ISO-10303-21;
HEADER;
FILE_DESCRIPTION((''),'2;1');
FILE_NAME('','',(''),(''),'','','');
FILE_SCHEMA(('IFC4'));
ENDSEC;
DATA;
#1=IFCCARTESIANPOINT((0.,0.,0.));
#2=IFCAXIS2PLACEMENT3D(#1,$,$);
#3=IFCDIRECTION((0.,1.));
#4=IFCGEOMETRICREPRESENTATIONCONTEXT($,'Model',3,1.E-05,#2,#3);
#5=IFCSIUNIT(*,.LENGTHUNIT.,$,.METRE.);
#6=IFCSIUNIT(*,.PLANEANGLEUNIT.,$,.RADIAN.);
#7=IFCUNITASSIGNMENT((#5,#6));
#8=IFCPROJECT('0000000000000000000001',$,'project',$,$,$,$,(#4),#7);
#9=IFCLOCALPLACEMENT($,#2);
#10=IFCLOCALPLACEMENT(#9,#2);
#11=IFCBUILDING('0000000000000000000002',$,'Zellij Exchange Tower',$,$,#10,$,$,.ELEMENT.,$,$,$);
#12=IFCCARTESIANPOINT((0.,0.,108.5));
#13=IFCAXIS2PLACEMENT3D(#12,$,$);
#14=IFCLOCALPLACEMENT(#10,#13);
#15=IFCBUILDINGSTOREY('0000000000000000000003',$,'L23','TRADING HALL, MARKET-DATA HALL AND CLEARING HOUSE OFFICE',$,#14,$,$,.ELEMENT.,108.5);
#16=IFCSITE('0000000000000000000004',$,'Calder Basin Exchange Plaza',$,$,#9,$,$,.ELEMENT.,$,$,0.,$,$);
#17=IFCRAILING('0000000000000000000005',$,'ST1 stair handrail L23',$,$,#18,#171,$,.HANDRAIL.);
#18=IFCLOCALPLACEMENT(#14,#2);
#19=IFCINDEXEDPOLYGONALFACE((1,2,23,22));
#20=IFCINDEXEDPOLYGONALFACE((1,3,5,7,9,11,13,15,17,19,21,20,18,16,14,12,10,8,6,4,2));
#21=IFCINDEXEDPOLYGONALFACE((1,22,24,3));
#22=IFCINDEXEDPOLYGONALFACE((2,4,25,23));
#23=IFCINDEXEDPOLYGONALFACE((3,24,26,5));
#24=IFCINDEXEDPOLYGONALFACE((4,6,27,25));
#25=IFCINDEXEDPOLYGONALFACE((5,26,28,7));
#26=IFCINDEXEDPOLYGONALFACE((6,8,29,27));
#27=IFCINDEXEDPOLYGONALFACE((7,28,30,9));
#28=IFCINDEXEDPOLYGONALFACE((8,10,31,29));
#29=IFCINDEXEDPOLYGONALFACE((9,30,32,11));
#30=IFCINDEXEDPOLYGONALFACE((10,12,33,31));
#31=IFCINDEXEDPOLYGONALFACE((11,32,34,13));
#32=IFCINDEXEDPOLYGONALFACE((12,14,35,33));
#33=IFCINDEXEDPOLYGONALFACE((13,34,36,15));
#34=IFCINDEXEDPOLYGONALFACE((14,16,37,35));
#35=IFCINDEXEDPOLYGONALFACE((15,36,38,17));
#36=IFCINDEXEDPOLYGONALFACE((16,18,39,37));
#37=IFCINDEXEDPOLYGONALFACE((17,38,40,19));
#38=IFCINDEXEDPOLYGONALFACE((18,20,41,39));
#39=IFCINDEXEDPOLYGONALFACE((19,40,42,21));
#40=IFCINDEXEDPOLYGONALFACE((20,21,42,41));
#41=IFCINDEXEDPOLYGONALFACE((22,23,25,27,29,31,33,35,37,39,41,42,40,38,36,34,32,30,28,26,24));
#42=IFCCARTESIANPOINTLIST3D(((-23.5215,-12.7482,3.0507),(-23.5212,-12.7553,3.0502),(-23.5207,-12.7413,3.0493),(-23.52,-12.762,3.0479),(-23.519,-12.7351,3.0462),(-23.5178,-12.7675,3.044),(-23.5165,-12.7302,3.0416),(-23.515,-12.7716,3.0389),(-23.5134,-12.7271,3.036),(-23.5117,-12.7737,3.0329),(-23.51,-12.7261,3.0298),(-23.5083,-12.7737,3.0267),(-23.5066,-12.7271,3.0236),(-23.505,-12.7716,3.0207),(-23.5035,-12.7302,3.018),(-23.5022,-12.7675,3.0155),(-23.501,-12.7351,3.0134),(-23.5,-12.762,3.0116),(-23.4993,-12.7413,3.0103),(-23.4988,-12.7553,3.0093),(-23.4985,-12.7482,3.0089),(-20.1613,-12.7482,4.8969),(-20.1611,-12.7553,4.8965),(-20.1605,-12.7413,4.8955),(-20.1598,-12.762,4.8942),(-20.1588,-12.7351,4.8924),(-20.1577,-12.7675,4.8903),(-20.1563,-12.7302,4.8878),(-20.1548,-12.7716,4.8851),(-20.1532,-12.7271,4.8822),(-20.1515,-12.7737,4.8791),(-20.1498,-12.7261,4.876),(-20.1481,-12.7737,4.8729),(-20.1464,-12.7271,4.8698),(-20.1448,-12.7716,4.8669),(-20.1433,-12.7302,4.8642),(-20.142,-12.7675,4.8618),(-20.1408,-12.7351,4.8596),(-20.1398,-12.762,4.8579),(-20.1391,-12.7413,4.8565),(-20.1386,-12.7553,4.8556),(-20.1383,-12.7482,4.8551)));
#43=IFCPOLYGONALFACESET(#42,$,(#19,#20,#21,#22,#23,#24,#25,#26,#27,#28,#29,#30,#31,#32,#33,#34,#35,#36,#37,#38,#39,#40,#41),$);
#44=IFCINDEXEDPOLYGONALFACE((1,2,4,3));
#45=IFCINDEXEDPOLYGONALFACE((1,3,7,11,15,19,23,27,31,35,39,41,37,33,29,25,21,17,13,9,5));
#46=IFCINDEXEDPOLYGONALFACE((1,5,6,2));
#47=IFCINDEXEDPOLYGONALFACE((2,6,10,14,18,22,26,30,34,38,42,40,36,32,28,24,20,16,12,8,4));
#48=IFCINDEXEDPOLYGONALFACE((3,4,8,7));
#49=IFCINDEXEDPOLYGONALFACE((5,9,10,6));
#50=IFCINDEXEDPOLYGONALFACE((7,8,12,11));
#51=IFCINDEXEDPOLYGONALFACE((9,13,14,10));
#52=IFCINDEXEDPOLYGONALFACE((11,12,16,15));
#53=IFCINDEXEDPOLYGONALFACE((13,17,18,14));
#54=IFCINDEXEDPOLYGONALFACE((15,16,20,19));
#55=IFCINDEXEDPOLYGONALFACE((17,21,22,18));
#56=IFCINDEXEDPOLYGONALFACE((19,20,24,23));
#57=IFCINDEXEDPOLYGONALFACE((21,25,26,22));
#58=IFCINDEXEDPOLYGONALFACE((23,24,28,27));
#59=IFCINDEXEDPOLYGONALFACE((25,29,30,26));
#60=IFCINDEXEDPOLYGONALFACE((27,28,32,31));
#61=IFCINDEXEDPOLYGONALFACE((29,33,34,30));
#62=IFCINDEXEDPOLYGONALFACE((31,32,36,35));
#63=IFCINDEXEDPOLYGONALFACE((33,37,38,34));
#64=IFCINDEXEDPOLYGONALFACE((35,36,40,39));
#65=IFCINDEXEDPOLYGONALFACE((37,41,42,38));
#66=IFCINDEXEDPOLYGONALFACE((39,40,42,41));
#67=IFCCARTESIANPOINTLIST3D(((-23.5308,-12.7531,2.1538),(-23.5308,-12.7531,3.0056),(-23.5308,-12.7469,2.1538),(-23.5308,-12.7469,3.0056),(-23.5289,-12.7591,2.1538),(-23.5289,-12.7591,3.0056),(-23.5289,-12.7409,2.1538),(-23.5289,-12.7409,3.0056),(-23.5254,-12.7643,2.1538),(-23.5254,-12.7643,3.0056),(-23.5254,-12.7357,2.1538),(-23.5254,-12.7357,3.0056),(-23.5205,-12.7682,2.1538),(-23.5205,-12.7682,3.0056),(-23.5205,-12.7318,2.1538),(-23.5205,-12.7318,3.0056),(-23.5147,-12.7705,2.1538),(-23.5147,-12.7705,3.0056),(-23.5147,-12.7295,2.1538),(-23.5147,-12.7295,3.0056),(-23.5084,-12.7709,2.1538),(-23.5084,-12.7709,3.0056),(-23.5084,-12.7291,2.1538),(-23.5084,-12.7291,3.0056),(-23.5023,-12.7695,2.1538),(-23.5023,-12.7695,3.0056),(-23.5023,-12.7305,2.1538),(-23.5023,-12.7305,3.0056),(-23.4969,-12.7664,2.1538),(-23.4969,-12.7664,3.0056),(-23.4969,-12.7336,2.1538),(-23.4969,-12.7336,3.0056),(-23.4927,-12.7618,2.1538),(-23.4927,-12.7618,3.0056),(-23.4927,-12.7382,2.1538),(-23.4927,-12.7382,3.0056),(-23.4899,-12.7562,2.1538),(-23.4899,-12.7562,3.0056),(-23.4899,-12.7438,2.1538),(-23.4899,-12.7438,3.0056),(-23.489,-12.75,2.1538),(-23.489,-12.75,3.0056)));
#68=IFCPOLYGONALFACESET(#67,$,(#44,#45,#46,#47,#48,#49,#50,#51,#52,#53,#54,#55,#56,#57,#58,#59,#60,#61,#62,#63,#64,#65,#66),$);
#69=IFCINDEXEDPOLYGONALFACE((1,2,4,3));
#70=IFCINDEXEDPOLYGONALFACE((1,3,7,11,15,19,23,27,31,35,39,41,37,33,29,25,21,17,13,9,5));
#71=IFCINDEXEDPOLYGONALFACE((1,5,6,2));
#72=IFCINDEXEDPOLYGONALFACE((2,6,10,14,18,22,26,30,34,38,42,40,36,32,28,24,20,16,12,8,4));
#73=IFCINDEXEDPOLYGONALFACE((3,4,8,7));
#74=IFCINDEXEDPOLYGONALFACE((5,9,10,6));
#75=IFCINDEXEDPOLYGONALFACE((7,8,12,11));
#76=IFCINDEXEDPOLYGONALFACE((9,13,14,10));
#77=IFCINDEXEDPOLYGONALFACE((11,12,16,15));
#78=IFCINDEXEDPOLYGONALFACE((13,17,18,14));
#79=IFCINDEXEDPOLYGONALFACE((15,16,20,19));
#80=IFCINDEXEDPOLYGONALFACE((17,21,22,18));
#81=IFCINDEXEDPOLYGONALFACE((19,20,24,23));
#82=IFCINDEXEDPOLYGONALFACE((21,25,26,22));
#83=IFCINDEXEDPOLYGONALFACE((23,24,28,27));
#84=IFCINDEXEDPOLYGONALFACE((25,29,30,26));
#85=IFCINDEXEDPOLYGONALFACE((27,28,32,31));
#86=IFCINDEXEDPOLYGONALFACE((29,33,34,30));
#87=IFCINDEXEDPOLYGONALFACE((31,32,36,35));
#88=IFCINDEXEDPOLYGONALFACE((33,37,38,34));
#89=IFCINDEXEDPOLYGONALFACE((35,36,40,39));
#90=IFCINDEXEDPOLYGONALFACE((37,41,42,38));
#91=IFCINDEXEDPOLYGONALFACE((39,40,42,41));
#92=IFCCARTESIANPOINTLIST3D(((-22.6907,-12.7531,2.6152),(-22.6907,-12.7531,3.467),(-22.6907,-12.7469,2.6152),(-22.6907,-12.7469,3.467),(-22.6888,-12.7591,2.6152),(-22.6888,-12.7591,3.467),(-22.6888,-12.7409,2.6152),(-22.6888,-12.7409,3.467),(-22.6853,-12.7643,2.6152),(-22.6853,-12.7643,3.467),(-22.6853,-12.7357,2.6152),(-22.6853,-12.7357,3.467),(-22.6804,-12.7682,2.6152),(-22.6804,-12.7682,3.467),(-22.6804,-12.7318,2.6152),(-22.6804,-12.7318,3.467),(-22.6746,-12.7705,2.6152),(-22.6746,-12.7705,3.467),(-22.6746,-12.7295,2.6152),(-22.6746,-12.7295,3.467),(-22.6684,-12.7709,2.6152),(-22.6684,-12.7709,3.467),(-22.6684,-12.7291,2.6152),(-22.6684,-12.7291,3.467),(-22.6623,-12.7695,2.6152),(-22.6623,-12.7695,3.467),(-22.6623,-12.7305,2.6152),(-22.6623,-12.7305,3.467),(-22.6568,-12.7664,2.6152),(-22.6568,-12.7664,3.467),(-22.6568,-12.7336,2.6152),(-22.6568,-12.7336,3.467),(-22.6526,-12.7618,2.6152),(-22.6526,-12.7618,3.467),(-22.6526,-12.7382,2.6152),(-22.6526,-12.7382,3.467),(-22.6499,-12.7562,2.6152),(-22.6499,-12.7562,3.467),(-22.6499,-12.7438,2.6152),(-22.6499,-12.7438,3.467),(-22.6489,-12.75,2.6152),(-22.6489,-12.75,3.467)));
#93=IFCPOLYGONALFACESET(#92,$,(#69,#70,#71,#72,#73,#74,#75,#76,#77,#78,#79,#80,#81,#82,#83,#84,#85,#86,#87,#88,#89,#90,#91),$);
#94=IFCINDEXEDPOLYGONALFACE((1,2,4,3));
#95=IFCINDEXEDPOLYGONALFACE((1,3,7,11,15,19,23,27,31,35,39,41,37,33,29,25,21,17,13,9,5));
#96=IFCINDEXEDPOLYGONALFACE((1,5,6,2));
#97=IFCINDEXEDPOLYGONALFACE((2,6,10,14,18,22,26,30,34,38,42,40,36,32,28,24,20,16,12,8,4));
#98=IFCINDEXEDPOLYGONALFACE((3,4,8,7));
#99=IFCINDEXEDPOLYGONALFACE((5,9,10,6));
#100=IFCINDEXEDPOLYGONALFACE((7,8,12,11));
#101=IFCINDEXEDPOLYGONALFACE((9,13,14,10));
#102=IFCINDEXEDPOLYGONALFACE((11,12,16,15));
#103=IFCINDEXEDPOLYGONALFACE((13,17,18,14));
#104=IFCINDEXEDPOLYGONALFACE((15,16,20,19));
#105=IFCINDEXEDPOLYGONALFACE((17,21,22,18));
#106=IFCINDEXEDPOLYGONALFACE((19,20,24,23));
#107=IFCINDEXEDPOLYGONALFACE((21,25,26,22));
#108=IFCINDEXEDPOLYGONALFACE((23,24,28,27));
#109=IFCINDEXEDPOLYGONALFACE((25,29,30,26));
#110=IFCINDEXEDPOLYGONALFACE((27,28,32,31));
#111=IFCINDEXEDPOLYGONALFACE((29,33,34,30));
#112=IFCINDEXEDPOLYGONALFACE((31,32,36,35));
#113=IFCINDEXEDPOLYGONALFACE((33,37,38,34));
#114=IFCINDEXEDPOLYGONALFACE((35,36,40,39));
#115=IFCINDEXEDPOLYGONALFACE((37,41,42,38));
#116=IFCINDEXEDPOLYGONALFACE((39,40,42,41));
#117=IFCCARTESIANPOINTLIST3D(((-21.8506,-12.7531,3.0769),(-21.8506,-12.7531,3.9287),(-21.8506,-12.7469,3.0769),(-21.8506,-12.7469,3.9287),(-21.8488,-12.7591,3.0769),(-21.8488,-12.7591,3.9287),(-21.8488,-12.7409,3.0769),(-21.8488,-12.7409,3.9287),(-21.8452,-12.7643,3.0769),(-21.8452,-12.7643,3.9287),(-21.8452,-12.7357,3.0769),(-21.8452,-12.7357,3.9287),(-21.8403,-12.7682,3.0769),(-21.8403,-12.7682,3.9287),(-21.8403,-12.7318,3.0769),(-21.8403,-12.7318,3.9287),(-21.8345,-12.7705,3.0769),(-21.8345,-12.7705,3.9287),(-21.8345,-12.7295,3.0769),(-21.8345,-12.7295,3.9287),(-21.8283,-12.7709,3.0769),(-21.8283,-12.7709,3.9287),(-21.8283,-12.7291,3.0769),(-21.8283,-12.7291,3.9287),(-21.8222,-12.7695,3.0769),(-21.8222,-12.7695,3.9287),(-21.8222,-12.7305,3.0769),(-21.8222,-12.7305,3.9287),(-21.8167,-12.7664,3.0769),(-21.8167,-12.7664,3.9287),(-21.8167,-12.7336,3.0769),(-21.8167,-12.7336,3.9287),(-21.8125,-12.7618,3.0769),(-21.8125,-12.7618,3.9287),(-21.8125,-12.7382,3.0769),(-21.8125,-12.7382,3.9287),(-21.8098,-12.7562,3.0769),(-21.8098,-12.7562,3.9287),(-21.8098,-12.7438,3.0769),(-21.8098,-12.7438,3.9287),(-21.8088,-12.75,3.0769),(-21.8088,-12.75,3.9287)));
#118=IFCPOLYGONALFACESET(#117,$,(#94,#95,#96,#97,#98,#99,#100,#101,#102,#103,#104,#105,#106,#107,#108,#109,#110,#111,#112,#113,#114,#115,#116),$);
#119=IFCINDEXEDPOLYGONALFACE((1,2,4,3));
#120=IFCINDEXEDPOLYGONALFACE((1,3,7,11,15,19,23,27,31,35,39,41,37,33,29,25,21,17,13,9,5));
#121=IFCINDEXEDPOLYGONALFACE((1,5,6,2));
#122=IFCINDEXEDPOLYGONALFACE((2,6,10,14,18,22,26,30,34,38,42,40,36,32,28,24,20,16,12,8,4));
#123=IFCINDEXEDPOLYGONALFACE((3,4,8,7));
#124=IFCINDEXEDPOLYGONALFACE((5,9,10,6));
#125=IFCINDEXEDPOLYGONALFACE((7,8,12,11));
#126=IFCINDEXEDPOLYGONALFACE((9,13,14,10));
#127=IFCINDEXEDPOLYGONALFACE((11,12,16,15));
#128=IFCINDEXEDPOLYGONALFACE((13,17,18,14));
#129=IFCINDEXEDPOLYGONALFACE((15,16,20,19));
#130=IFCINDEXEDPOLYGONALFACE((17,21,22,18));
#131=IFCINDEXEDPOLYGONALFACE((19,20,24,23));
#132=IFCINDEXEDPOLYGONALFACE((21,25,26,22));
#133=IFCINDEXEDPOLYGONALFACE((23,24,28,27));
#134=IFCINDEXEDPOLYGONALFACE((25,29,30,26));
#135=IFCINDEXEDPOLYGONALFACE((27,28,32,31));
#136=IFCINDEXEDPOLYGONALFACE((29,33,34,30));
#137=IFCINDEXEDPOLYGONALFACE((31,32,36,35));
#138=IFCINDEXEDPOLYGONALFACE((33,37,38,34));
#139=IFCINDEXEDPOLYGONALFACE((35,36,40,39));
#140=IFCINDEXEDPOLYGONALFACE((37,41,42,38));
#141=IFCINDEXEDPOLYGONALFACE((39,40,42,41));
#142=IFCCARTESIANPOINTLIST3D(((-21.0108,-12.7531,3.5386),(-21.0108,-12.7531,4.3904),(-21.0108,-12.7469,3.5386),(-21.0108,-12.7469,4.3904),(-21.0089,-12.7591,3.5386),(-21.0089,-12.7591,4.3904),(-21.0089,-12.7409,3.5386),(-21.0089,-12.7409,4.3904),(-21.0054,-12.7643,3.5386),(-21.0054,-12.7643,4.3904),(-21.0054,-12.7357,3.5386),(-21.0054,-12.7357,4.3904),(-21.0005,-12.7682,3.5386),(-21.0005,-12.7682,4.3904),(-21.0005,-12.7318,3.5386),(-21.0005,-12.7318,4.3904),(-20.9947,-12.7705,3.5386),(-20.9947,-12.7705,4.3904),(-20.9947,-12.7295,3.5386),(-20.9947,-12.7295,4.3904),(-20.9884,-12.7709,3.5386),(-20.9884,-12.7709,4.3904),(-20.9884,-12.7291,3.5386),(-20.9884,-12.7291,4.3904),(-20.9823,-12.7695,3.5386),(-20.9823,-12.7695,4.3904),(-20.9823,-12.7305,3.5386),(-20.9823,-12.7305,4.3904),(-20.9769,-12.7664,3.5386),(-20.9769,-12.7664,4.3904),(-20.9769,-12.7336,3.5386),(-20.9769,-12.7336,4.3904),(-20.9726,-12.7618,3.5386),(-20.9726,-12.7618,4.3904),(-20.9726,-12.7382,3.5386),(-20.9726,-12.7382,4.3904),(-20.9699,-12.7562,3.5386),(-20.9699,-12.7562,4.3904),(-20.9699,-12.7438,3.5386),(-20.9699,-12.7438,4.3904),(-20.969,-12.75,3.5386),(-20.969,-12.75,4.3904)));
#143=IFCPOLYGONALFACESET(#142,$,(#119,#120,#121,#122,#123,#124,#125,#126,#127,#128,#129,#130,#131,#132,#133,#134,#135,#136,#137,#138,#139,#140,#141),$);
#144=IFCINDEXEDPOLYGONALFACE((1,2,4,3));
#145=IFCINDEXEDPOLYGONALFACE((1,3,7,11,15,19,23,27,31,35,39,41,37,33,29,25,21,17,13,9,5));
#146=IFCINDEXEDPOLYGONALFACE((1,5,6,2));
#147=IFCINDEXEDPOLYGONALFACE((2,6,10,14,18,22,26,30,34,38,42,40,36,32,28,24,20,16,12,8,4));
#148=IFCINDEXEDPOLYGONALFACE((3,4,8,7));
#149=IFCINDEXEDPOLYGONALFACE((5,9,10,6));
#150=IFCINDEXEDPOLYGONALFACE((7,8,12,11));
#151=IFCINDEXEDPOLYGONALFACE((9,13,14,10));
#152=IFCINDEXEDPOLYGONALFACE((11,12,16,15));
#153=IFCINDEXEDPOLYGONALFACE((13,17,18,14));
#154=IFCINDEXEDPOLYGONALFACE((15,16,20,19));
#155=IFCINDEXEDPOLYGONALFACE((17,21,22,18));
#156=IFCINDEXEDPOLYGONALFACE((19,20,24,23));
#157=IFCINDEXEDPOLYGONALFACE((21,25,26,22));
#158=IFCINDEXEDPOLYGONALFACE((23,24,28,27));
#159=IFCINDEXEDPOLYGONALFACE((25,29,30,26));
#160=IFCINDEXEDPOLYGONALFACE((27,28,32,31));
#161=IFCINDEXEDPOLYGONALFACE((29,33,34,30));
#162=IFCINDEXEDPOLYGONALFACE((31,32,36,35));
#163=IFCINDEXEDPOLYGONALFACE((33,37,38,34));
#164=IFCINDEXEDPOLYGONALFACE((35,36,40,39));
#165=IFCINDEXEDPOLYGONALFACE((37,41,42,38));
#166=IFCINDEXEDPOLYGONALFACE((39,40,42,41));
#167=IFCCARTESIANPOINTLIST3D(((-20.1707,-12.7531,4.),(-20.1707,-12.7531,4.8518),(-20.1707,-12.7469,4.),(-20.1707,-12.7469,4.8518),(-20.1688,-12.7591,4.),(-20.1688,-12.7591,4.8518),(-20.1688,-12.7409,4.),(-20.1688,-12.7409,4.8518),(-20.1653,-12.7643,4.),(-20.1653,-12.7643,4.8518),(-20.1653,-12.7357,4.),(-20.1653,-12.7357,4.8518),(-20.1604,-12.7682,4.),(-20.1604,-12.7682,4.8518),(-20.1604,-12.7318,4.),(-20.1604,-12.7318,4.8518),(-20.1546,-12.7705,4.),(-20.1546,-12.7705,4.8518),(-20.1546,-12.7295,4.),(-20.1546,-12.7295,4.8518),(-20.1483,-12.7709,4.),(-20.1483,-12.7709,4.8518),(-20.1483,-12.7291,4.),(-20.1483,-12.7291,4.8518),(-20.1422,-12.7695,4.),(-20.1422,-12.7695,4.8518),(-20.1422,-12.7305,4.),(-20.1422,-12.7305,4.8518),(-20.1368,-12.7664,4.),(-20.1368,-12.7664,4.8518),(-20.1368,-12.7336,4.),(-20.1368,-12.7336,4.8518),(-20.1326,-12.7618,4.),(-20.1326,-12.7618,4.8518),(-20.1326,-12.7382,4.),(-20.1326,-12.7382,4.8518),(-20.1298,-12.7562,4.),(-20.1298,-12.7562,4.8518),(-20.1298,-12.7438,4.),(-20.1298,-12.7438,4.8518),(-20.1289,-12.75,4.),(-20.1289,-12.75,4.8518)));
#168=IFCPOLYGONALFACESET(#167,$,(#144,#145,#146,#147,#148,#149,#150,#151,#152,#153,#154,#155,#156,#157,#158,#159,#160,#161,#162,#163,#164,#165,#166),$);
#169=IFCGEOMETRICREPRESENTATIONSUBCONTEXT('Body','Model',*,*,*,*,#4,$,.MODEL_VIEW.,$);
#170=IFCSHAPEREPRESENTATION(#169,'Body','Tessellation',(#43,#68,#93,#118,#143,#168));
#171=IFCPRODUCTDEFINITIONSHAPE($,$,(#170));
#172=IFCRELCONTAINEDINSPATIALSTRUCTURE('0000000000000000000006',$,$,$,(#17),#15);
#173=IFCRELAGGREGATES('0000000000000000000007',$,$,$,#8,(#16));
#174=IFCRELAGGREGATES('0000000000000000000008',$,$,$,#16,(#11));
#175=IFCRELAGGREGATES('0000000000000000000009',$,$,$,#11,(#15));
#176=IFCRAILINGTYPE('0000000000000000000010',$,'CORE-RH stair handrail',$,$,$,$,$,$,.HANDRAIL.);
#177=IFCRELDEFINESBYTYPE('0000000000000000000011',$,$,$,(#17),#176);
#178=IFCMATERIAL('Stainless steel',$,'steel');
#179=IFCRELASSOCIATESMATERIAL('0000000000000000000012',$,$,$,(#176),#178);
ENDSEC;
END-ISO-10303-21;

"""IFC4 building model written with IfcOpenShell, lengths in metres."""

from ifc_helpers import new_model, si_unit, direction, frame, origin, origin_2d, place, context, subcontext, project, spatial, circle, extrude, material, type_object, element, save


model = new_model("IFC4")

# Units and contexts
model_context = context("Model", 3, precision=1e-05, world=origin(), true_north=direction((0.0, 1.0)))
body_context = subcontext(model_context, "Body", "Model", "MODEL_VIEW")
ifc_project = project(units=[si_unit("LENGTHUNIT", "METRE"), si_unit("PLANEANGLEUNIT", "RADIAN")], contexts=[model_context])

# Site, building, storey
site_placement = place(None, origin())
site = spatial("IfcSite", under=ifc_project, at=site_placement, Name="Calder Basin Exchange Plaza", CompositionType="ELEMENT", RefElevation=0.0)
building_placement = place(site_placement, origin())
building = spatial("IfcBuilding", under=site, at=building_placement, Name="Zellij Exchange Tower", CompositionType="ELEMENT")
storey_placement = place(building_placement, frame((0.0, 0.0, 108.5)))
storey = spatial("IfcBuildingStorey", under=building, at=storey_placement, Name="L23", Description="TRADING HALL, MARKET-DATA HALL AND CLEARING HOUSE OFFICE", CompositionType="ELEMENT", Elevation=108.5)

# Railing
ifc_material_1 = material(Name="Stainless steel", Category="steel")
railing_type = type_object("IfcRailingType", Name="CORE-RH stair handrail", PredefinedType="HANDRAIL", material=ifc_material_1)
railing_placement = place(storey_placement, frame((-23.51, -12.75, 2.1538)))
element("IfcRailing", 1, at=railing_placement, inside=storey, type_object=railing_type, Name="ST1 stair handrail L23", PredefinedType="HANDRAIL", context=body_context, shape_type="SweptSolid", body=[
    extrude(circle(Radius=0.0239, at=origin_2d()), frame((0.0, 0.0, 0.876), z_axis=(0.876422, 0.0, 0.481545), x_axis=(0.0, 1.0, 0.0)), (0.0, 0.0, 1.0), 3.834),
    extrude(circle(Radius=0.021, at=origin_2d()), origin(), (0.0, 0.0, 1.0), 0.8518),
    extrude(circle(Radius=0.021, at=origin_2d()), frame((0.8401, 0.0, 0.4614)), (0.0, 0.0, 1.0), 0.8518),
    extrude(circle(Radius=0.021, at=origin_2d()), frame((1.6802, 0.0, 0.9231)), (0.0, 0.0, 1.0), 0.8518),
    extrude(circle(Radius=0.021, at=origin_2d()), frame((2.52, 0.0, 1.3848)), (0.0, 0.0, 1.0), 0.8518),
    extrude(circle(Radius=0.021, at=origin_2d()), frame((3.3601, 0.0, 1.8462)), (0.0, 0.0, 1.0), 0.8518),
])

save(model, "model.ifc")
